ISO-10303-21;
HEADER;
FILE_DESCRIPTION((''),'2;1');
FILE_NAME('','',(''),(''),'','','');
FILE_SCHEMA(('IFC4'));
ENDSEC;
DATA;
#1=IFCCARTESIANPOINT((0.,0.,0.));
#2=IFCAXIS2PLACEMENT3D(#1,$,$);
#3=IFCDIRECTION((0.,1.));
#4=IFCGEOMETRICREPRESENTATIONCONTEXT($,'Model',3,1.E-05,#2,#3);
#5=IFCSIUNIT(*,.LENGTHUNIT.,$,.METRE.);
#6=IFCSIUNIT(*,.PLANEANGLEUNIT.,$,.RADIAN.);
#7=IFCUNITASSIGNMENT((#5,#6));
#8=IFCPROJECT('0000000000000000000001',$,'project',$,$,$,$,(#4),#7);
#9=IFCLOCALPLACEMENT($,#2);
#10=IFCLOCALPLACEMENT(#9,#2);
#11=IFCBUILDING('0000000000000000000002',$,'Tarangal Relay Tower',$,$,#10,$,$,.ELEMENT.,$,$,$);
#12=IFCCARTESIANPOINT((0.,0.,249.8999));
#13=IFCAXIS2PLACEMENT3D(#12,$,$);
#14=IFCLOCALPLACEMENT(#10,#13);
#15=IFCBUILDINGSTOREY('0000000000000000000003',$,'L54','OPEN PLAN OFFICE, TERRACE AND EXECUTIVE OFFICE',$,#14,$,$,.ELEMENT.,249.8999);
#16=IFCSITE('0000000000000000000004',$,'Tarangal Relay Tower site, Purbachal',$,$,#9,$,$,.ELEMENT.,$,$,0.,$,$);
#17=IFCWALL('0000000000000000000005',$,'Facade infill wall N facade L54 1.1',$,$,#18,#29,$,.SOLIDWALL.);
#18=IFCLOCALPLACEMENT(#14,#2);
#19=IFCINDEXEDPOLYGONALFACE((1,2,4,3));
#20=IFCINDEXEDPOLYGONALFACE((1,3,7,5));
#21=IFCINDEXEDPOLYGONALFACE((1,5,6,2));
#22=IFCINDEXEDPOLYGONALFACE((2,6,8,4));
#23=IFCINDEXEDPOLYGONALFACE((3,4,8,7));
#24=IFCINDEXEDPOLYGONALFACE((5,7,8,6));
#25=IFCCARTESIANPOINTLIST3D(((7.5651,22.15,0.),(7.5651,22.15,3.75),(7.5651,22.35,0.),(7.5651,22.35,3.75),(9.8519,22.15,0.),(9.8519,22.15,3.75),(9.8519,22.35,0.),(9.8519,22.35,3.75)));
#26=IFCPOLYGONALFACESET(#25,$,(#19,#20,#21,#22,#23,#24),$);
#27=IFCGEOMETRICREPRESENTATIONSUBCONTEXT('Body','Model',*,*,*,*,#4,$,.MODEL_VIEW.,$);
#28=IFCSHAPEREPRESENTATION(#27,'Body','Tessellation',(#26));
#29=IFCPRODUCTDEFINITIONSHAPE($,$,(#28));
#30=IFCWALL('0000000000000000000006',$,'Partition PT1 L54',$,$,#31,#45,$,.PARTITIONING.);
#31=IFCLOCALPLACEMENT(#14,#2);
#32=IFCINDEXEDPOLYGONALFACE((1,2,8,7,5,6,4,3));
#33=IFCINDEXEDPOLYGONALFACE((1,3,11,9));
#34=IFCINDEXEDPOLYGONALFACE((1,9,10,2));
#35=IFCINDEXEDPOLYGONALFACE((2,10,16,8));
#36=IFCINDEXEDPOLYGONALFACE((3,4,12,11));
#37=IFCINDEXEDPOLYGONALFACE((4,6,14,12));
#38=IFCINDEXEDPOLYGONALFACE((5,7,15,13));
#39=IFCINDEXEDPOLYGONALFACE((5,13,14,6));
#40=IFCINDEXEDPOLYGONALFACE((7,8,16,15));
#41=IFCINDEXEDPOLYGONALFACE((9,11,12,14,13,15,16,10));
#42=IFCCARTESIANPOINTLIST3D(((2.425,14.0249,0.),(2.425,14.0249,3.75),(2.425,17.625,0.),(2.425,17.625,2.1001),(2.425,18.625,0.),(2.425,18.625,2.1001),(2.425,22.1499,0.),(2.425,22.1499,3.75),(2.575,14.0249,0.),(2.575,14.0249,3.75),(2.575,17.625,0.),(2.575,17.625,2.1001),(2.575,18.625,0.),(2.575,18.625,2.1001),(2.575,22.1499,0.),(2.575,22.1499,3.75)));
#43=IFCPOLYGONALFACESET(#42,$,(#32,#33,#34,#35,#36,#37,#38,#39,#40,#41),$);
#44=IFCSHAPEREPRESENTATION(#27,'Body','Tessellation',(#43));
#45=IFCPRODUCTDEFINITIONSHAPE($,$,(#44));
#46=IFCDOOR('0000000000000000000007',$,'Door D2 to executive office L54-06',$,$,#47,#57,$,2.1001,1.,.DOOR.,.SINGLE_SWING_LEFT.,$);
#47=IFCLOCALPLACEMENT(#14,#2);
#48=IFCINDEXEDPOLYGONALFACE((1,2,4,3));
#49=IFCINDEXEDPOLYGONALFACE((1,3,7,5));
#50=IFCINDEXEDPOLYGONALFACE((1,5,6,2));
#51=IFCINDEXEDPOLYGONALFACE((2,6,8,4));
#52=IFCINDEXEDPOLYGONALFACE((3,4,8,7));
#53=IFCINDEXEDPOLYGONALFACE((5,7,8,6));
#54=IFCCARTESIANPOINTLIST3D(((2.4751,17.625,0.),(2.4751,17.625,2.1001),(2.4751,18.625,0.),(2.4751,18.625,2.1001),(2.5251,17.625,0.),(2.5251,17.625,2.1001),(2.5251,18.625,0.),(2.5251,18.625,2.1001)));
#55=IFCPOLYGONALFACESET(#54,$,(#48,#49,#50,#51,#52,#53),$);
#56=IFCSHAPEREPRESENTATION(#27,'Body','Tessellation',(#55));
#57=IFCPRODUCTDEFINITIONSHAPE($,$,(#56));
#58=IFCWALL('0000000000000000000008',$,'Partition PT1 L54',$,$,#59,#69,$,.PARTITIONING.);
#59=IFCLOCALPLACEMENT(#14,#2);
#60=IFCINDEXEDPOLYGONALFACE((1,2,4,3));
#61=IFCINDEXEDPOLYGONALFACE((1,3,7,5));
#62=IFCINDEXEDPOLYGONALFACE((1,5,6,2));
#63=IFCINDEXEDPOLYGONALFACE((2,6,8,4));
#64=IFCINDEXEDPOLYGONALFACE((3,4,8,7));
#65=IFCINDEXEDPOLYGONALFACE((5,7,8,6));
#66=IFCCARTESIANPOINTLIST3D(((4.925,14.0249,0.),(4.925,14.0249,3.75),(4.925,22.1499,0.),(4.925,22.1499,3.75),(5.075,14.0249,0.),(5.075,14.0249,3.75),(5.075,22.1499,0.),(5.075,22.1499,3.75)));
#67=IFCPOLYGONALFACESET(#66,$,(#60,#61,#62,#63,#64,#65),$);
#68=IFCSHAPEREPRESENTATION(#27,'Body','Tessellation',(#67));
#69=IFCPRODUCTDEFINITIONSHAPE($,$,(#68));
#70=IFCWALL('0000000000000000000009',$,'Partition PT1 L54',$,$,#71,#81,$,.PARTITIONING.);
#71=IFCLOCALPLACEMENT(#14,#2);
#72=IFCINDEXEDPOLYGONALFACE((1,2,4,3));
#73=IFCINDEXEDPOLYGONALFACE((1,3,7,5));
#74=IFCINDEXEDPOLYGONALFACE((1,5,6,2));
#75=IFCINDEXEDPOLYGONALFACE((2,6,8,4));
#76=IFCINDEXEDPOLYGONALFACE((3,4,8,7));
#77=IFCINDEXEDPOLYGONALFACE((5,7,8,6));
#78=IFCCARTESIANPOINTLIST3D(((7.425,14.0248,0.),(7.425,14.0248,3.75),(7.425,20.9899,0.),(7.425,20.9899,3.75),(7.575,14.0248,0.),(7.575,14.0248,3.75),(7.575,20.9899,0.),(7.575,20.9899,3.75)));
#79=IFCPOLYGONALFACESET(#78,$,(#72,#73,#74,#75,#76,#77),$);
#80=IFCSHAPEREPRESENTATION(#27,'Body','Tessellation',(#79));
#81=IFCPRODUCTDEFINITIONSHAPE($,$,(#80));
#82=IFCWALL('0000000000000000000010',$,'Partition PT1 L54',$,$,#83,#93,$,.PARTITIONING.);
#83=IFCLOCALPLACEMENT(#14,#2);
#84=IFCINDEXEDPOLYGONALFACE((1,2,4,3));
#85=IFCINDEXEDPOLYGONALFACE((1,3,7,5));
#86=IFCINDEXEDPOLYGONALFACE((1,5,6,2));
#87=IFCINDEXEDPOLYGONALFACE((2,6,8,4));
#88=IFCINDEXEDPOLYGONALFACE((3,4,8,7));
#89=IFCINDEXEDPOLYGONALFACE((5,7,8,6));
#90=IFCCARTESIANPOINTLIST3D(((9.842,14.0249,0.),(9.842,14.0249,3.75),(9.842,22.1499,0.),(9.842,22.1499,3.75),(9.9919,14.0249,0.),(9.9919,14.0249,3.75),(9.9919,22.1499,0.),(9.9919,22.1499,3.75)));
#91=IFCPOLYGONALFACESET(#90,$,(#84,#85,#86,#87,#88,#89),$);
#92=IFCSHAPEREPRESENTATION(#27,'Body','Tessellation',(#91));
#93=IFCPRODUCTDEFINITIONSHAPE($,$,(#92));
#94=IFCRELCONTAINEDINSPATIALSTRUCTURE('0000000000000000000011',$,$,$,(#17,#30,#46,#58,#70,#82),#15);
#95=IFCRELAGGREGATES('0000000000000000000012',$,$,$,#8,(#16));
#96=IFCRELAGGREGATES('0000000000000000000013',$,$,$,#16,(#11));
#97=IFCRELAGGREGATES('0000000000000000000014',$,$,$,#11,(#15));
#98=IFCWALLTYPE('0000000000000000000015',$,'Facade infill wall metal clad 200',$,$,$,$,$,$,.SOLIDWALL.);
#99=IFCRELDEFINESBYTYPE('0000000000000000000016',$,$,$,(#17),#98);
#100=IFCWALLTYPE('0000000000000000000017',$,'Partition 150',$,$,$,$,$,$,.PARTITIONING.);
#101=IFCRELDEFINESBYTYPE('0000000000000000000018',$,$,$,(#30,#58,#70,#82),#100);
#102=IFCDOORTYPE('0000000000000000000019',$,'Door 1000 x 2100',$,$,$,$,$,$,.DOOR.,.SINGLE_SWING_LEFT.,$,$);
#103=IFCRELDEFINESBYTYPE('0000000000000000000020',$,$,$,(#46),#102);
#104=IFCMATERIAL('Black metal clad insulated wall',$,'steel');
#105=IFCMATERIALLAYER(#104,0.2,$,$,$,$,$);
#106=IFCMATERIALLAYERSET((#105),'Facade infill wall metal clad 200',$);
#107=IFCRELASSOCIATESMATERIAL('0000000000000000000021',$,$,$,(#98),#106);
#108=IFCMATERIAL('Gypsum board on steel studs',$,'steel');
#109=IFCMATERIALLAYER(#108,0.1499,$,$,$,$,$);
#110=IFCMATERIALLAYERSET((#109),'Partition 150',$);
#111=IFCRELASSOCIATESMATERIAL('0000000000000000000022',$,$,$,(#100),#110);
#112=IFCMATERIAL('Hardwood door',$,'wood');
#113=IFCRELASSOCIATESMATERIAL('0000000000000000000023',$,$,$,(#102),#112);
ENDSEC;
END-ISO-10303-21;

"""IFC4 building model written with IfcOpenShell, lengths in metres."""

from ifc_helpers import new_model, si_unit, direction, frame, frame_2d, origin, place, context, subcontext, project, spatial, rectangle, extrude, material, layer, layer_set, type_object, element, fill, save


model = new_model("IFC4")

# Units and contexts
model_context = context("Model", 3, precision=1e-05, world=origin(), true_north=direction((0.0, 1.0)))
body_context = subcontext(model_context, "Body", "Model", "MODEL_VIEW")
ifc_project = project(units=[si_unit("LENGTHUNIT", "METRE"), si_unit("PLANEANGLEUNIT", "RADIAN")], contexts=[model_context])

# Site, building, storey
site_placement = place(None, origin())
site = spatial("IfcSite", under=ifc_project, at=site_placement, Name="Tarangal Relay Tower site, Purbachal", CompositionType="ELEMENT", RefElevation=0.0)
building_placement = place(site_placement, origin())
building = spatial("IfcBuilding", under=site, at=building_placement, Name="Tarangal Relay Tower", CompositionType="ELEMENT")
storey_placement = place(building_placement, frame((0.0, 0.0, 249.8999)))
storey = spatial("IfcBuildingStorey", under=building, at=storey_placement, Name="L54", Description="OPEN PLAN OFFICE, TERRACE AND EXECUTIVE OFFICE", CompositionType="ELEMENT", Elevation=249.8999)

# Wall
ifc_material_1 = material(Name="Black metal clad insulated wall", Category="steel")
ifc_layer_1 = layer(ifc_material_1, 0.2)
ifc_layer_set_1 = layer_set([ifc_layer_1], Name="Facade infill wall metal clad 200")
wall_type_1 = type_object("IfcWallType", Name="Facade infill wall metal clad 200", PredefinedType="SOLIDWALL", material=ifc_layer_set_1)
wall_1_placement = place(storey_placement, frame((7.5649, 22.25, 0.0), z_axis=(0.0, 0.0, 1.0), x_axis=(1.0, 0.0, 0.0)))
element("IfcWall", 1, at=wall_1_placement, inside=storey, type_object=wall_type_1, Name="Facade infill wall N facade L54 1.1", PredefinedType="SOLIDWALL", context=body_context, shape_type="SweptSolid", body=[
    extrude(rectangle(XDim=2.2869, YDim=0.2, at=frame_2d((1.1436, 0.0))), origin(), (0.0, 0.0, 1.0), 3.75),
])

# Wall, opening, door
ifc_material_2 = material(Name="Gypsum board on steel studs", Category="steel")
ifc_layer_2 = layer(ifc_material_2, 0.1499)
ifc_layer_set_2 = layer_set([ifc_layer_2], Name="Partition 150")
wall_type_2 = type_object("IfcWallType", Name="Partition 150", PredefinedType="PARTITIONING", material=ifc_layer_set_2)
wall_2_placement = place(storey_placement, frame((2.5, 14.0249, 0.0), z_axis=(0.0, 0.0, 1.0), x_axis=(0.0, 1.0, 0.0)))
wall_2 = element("IfcWall", 2, at=wall_2_placement, inside=storey, type_object=wall_type_2, Name="Partition PT1 L54", PredefinedType="PARTITIONING", context=body_context, shape_type="SweptSolid", body=[
    extrude(rectangle(XDim=8.125, YDim=0.1499, at=frame_2d((4.0625, 0.0))), origin(), (0.0, 0.0, 1.0), 3.75),
])
opening_placement = place(wall_2_placement, frame((3.6001, 0.0, 0.0)))
opening = element("IfcOpeningElement", 3, at=opening_placement, cuts=wall_2, PredefinedType="OPENING", context=body_context, shape_type="SweptSolid", body=[
    extrude(rectangle(XDim=1.0, YDim=2.1001, at=frame_2d((0.5, 1.05))), frame((0.0, 0.085, 0.0), z_axis=(0.0, -1.0, 0.0), x_axis=(1.0, 0.0, 0.0)), (0.0, 0.0, 1.0), 0.1699),
])
ifc_material_3 = material(Name="Hardwood door", Category="wood")
door_type = type_object("IfcDoorType", Name="Door 1000 x 2100", OperationType="SINGLE_SWING_LEFT", PredefinedType="DOOR", material=ifc_material_3)
door_placement = place(opening_placement, origin())
door = element("IfcDoor", 4, at=door_placement, inside=storey, type_object=door_type, Name="Door D2 to executive office L54-06", OperationType="SINGLE_SWING_LEFT", OverallHeight=2.1001, OverallWidth=1.0, PredefinedType="DOOR", context=body_context, shape_type="SweptSolid", body=[
    extrude(rectangle(XDim=1.0, YDim=2.1001, at=frame_2d((0.5, 1.05))), frame((0.0, 0.0249, 0.0), z_axis=(0.0, -1.0, 0.0), x_axis=(1.0, 0.0, 0.0)), (0.0, 0.0, 1.0), 0.05),
])
fill(opening, door)

# Walls
wall_3_placement = place(storey_placement, frame((5.0, 14.0249, 0.0), z_axis=(0.0, 0.0, 1.0), x_axis=(0.0, 1.0, 0.0)))
element("IfcWall", 5, at=wall_3_placement, inside=storey, type_object=wall_type_2, Name="Partition PT1 L54", PredefinedType="PARTITIONING", context=body_context, shape_type="SweptSolid", body=[
    extrude(rectangle(XDim=8.125, YDim=0.1499, at=frame_2d((4.0625, 0.0))), origin(), (0.0, 0.0, 1.0), 3.75),
])
wall_4_placement = place(storey_placement, frame((7.5, 14.0249, 0.0), z_axis=(0.0, 0.0, 1.0), x_axis=(0.0, 1.0, 0.0)))
element("IfcWall", 6, at=wall_4_placement, inside=storey, type_object=wall_type_2, Name="Partition PT1 L54", PredefinedType="PARTITIONING", context=body_context, shape_type="SweptSolid", body=[
    extrude(rectangle(XDim=6.9651, YDim=0.1499, at=frame_2d((3.4824, 0.0))), origin(), (0.0, 0.0, 1.0), 3.75),
])
wall_5_placement = place(storey_placement, frame((9.917, 14.0249, 0.0), z_axis=(0.0, 0.0, 1.0), x_axis=(0.0, 1.0, 0.0)))
element("IfcWall", 7, at=wall_5_placement, inside=storey, type_object=wall_type_2, Name="Partition PT1 L54", PredefinedType="PARTITIONING", context=body_context, shape_type="SweptSolid", body=[
    extrude(rectangle(XDim=8.125, YDim=0.1499, at=frame_2d((4.0625, 0.0))), origin(), (0.0, 0.0, 1.0), 3.75),
])

save(model, "model.ifc")
